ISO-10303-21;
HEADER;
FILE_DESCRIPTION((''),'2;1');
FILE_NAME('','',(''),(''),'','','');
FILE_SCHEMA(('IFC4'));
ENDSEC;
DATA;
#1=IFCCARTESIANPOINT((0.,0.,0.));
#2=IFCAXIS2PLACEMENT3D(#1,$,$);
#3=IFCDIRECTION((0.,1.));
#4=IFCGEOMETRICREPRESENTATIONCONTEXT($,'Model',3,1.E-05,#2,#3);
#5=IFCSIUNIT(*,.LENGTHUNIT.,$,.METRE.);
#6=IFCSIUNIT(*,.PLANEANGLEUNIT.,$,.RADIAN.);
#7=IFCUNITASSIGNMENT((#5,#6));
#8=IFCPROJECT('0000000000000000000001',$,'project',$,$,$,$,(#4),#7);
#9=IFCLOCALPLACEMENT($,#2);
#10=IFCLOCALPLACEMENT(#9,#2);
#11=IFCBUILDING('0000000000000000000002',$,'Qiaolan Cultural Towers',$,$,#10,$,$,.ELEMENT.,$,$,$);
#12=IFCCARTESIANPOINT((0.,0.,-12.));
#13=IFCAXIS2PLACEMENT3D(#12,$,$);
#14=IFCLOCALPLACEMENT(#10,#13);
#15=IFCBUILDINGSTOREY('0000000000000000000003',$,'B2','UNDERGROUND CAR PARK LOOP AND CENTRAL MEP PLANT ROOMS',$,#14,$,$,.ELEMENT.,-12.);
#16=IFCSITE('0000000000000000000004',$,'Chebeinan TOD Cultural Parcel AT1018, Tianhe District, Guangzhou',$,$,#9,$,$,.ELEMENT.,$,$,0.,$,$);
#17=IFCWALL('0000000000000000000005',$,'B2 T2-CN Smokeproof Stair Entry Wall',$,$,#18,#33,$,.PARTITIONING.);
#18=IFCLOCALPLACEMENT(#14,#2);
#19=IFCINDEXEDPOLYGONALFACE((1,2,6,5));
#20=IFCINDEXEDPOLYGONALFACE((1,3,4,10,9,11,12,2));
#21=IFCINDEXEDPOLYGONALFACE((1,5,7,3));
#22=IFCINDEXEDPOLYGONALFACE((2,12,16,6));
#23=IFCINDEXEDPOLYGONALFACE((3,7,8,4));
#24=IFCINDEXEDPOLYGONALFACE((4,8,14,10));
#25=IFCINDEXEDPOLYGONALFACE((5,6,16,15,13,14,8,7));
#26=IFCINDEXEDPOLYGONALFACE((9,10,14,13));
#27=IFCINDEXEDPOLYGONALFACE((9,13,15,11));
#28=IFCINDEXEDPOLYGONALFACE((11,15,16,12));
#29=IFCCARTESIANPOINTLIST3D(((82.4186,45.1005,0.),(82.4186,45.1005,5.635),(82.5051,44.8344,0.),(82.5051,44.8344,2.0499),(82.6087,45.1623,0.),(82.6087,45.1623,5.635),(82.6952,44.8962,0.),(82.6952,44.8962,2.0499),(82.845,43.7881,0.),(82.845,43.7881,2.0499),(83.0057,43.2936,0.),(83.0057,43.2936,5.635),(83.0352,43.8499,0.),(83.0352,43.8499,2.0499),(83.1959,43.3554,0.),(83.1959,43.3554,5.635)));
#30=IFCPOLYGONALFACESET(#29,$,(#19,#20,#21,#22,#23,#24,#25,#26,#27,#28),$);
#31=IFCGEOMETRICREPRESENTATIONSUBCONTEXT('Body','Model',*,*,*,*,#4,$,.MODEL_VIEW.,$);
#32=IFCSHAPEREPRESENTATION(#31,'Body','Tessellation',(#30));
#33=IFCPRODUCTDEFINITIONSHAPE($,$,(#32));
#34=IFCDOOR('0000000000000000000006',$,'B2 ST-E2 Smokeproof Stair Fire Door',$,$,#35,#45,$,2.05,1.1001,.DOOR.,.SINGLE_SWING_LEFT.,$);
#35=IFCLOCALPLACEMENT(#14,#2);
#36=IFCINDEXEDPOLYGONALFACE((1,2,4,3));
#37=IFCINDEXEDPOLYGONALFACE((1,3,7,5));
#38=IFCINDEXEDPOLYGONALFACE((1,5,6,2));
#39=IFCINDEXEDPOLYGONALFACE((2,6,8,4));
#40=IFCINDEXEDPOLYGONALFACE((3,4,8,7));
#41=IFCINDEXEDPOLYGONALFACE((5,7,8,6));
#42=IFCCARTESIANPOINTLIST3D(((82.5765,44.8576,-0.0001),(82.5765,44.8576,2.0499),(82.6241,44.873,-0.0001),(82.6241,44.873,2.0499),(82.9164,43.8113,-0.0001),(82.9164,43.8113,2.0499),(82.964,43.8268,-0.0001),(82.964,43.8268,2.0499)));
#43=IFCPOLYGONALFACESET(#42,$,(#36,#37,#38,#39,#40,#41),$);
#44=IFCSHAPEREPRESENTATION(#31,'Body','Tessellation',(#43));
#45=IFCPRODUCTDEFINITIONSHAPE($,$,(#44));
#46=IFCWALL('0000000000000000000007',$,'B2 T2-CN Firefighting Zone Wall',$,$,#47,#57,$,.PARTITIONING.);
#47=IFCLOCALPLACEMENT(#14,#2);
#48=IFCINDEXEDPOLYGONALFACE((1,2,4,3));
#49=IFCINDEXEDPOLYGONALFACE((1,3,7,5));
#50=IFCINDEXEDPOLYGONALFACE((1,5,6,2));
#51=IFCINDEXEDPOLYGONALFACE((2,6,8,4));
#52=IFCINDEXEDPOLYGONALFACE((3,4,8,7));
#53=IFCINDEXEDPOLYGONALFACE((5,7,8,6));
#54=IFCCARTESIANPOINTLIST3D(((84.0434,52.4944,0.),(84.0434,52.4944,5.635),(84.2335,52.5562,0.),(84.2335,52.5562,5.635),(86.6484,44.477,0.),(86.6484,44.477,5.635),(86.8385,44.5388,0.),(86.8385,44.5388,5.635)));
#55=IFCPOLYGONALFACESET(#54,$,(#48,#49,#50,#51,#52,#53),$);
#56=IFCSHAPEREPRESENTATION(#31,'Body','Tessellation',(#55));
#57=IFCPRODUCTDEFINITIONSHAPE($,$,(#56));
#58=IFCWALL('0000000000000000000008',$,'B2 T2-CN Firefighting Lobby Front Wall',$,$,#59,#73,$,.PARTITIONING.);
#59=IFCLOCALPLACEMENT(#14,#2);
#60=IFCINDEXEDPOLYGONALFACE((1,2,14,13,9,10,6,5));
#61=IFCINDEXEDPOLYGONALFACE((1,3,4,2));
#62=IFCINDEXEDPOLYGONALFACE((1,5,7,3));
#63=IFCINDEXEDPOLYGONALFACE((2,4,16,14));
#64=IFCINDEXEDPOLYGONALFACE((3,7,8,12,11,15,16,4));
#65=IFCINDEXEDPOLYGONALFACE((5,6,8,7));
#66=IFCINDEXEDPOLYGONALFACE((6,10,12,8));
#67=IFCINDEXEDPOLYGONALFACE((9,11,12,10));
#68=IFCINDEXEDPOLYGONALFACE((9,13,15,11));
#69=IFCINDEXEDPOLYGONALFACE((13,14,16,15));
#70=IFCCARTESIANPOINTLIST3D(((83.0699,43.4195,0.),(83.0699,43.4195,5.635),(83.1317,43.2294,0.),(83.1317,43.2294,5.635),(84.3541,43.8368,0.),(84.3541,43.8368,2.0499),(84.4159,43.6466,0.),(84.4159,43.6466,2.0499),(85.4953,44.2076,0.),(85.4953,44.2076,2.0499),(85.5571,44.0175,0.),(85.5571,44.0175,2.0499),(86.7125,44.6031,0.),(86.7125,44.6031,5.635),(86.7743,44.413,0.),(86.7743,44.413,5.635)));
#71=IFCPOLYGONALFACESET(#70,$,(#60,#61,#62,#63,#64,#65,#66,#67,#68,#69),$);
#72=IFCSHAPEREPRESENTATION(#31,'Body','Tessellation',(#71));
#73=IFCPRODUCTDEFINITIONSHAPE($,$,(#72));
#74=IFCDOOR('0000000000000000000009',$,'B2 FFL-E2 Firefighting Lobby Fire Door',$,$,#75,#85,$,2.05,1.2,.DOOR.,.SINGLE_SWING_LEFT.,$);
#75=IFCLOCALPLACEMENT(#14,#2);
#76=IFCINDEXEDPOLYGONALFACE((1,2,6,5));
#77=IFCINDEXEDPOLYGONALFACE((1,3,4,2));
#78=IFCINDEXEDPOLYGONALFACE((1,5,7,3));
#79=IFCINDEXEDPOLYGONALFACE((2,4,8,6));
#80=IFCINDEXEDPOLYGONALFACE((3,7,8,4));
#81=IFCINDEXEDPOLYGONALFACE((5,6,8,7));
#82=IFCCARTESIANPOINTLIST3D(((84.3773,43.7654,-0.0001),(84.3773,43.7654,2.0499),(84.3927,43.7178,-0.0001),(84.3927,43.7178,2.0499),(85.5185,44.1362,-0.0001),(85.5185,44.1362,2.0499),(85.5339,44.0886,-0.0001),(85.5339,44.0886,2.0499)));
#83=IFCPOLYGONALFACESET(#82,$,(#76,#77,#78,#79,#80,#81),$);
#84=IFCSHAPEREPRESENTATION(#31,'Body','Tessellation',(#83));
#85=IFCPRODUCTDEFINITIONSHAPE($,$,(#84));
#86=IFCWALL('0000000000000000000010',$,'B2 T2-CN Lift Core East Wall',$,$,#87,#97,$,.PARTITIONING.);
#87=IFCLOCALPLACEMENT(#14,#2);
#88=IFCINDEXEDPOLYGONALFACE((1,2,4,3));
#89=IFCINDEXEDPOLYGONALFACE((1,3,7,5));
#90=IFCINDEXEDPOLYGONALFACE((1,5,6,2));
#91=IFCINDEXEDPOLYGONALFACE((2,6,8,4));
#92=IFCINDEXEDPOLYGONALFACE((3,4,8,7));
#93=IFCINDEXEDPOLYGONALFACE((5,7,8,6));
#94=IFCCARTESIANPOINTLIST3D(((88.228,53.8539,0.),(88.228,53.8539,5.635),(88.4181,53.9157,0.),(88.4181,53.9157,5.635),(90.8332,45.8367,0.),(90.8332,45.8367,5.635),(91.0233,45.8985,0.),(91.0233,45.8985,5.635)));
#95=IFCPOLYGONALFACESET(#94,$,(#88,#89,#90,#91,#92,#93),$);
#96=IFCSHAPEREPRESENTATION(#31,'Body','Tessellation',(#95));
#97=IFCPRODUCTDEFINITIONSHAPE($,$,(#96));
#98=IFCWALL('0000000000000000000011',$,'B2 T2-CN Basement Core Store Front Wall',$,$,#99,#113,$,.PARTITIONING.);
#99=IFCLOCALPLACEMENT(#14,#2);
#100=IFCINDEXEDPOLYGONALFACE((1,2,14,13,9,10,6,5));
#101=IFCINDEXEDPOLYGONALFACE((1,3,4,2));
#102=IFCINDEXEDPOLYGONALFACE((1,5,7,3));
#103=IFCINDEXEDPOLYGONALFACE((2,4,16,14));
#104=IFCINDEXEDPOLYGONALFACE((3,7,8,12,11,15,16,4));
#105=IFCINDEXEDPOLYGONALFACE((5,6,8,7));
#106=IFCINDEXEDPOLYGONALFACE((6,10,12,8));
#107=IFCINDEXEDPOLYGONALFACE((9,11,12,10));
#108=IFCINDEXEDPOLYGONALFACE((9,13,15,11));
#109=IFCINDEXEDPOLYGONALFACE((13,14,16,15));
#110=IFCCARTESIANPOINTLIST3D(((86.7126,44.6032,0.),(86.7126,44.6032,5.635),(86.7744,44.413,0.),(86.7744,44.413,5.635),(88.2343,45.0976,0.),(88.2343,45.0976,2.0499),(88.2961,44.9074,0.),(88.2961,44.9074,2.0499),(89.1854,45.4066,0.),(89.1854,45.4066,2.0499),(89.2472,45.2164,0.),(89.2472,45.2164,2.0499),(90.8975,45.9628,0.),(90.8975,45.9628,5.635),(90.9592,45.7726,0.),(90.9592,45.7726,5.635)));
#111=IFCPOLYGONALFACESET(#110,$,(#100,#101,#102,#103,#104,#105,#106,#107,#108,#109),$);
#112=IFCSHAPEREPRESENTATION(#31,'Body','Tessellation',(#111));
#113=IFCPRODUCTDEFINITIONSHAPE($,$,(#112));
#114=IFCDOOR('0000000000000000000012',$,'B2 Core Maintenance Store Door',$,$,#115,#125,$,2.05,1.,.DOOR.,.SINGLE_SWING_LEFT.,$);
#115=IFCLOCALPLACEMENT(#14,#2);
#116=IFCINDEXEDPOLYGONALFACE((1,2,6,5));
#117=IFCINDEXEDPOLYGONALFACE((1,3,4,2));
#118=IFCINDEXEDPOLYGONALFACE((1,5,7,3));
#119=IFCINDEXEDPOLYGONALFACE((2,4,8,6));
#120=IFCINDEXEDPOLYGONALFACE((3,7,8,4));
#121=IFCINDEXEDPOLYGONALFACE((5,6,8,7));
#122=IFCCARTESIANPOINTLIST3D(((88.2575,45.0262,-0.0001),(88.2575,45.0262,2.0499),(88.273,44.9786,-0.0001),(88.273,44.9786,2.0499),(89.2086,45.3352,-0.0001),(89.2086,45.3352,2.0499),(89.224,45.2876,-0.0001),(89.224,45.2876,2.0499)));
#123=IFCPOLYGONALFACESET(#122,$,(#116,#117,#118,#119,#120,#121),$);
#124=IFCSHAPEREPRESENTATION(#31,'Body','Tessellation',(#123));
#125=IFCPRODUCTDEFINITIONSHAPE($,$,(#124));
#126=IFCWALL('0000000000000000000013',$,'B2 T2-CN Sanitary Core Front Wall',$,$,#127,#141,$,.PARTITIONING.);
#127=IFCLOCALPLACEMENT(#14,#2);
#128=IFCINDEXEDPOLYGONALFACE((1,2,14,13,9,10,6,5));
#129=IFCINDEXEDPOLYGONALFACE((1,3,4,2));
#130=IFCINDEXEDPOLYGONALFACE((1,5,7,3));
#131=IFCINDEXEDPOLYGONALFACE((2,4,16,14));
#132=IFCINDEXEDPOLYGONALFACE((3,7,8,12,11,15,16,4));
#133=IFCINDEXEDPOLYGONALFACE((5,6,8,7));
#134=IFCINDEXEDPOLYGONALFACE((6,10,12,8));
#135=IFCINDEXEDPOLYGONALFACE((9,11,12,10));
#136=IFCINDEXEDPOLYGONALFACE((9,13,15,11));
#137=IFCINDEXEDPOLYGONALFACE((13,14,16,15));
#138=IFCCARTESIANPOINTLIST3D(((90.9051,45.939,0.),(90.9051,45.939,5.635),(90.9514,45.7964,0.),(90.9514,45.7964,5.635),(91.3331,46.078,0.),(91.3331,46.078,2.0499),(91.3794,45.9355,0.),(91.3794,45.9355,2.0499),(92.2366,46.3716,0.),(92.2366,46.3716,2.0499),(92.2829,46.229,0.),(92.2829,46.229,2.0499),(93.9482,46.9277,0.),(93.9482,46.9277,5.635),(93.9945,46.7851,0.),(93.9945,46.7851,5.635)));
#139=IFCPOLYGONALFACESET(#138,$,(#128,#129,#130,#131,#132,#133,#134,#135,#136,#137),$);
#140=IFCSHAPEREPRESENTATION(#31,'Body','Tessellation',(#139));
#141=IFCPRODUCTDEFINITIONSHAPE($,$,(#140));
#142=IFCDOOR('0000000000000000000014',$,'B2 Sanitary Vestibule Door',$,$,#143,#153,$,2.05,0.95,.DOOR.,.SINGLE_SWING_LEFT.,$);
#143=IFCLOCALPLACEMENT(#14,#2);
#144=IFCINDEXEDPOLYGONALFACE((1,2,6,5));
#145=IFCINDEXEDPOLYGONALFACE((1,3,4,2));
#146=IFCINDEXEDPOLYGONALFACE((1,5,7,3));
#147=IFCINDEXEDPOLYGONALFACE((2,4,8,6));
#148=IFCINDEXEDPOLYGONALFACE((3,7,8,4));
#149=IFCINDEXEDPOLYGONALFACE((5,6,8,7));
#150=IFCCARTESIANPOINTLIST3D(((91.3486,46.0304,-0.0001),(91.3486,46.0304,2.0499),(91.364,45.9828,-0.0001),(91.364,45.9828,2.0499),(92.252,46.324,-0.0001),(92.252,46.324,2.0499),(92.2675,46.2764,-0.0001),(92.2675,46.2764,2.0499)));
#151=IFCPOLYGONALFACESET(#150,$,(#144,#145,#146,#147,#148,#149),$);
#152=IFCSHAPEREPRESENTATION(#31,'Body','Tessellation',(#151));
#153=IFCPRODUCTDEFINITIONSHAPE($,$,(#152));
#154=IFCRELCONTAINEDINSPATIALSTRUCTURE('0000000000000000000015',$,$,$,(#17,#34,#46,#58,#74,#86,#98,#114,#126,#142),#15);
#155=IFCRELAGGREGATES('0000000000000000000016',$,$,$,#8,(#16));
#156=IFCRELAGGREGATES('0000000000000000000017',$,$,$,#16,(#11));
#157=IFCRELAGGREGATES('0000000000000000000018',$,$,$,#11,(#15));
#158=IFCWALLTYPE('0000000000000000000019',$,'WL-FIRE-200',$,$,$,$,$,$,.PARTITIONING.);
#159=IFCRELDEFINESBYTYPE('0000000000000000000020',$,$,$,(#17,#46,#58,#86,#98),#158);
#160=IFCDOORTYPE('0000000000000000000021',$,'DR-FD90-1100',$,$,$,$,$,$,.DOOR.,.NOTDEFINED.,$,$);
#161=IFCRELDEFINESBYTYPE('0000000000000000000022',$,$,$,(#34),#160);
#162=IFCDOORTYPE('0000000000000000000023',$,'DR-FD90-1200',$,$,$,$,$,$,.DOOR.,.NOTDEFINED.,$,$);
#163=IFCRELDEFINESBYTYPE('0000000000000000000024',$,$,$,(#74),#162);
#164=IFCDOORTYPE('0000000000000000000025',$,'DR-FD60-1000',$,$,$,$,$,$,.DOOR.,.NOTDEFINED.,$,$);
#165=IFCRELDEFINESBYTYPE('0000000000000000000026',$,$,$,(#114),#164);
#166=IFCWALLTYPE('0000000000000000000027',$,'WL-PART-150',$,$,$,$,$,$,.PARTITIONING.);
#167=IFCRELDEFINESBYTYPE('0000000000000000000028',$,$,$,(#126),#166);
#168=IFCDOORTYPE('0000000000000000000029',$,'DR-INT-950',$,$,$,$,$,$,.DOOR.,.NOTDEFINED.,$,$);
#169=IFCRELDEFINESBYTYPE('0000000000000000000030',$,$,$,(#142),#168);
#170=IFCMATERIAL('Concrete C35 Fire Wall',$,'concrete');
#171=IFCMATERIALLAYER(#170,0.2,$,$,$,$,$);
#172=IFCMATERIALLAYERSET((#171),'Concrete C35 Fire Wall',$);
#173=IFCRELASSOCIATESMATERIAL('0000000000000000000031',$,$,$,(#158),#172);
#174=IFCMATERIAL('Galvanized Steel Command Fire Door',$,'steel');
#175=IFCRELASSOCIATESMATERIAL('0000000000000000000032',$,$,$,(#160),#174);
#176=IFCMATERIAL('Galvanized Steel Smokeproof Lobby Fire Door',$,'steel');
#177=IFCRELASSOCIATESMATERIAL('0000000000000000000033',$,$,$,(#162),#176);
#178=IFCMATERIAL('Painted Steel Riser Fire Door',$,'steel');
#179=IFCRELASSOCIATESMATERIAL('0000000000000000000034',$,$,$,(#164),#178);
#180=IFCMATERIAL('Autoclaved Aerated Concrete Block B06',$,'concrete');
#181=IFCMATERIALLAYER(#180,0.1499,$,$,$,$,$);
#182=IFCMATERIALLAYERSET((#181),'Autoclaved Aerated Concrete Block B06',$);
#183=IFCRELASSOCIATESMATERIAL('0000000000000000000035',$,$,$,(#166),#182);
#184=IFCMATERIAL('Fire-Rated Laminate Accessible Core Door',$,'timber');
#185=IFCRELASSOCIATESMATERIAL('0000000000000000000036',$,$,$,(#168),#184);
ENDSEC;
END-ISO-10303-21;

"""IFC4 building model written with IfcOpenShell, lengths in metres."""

from ifc_helpers import new_model, si_unit, direction, frame, frame_2d, origin, place, context, subcontext, project, spatial, rectangle, extrude, material, layer, layer_set, type_object, element, fill, save


model = new_model("IFC4")

# Units and contexts
model_context = context("Model", 3, precision=1e-05, world=origin(), true_north=direction((0.0, 1.0)))
body_context = subcontext(model_context, "Body", "Model", "MODEL_VIEW")
ifc_project = project(units=[si_unit("LENGTHUNIT", "METRE"), si_unit("PLANEANGLEUNIT", "RADIAN")], contexts=[model_context])

# Site, building, storey
site_placement = place(None, origin())
site = spatial("IfcSite", under=ifc_project, at=site_placement, Name="Chebeinan TOD Cultural Parcel AT1018, Tianhe District, Guangzhou", CompositionType="ELEMENT", RefElevation=0.0)
building_placement = place(site_placement, origin())
building = spatial("IfcBuilding", under=site, at=building_placement, Name="Qiaolan Cultural Towers", CompositionType="ELEMENT")
storey_placement = place(building_placement, frame((0.0, 0.0, -12.0)))
storey = spatial("IfcBuildingStorey", under=building, at=storey_placement, Name="B2", Description="UNDERGROUND CAR PARK LOOP AND CENTRAL MEP PLANT ROOMS", CompositionType="ELEMENT", Elevation=-12.0)

# Wall, opening, door
ifc_material_1 = material(Name="Concrete C35 Fire Wall", Category="concrete")
ifc_layer_1 = layer(ifc_material_1, 0.2)
ifc_layer_set_1 = layer_set([ifc_layer_1], Name="Concrete C35 Fire Wall")
wall_type_1 = type_object("IfcWallType", Name="WL-FIRE-200", PredefinedType="PARTITIONING", material=ifc_layer_set_1)
wall_1_placement = place(storey_placement, frame((83.1008, 43.3245, 0.0), z_axis=(0.0, 0.0, 1.0), x_axis=(-0.309048, 0.951046, 0.0)))
wall_1 = element("IfcWall", 1, at=wall_1_placement, inside=storey, type_object=wall_type_1, Name="B2 T2-CN Smokeproof Stair Entry Wall", PredefinedType="PARTITIONING", context=body_context, shape_type="SweptSolid", body=[
    extrude(rectangle(XDim=1.8999, YDim=0.2, at=frame_2d((0.95, 0.0))), origin(), (0.0, 0.0, 1.0), 5.635),
])
opening_1_placement = place(wall_1_placement, frame((0.52, 0.0, 0.0)))
opening_1 = element("IfcOpeningElement", 2, at=opening_1_placement, cuts=wall_1, PredefinedType="OPENING", context=body_context, shape_type="SweptSolid", body=[
    extrude(rectangle(XDim=1.1001, YDim=2.05, at=frame_2d((0.55, 1.0249))), frame((0.0, 0.1099, 0.0), z_axis=(0.0, -1.0, 0.0), x_axis=(1.0, 0.0, 0.0)), (0.0, 0.0, 1.0), 0.22),
])
ifc_material_2 = material(Name="Galvanized Steel Command Fire Door", Category="steel")
door_type_1 = type_object("IfcDoorType", Name="DR-FD90-1100", OperationType="NOTDEFINED", PredefinedType="DOOR", material=ifc_material_2)
door_1_placement = place(opening_1_placement, origin())
door_1 = element("IfcDoor", 3, at=door_1_placement, inside=storey, type_object=door_type_1, Name="B2 ST-E2 Smokeproof Stair Fire Door", OperationType="SINGLE_SWING_LEFT", OverallHeight=2.05, OverallWidth=1.1001, PredefinedType="DOOR", context=body_context, shape_type="SweptSolid", body=[
    extrude(rectangle(XDim=1.1001, YDim=2.05, at=frame_2d((0.55, 1.0249))), frame((0.0, 0.0249, 0.0), z_axis=(0.0, -1.0, 0.0), x_axis=(1.0, 0.0, 0.0)), (0.0, 0.0, 1.0), 0.05),
])
fill(opening_1, door_1)

# Wall
wall_2_placement = place(storey_placement, frame((86.7434, 44.5081, 0.0), z_axis=(0.0, 0.0, 1.0), x_axis=(-0.309016, 0.951057, 0.0)))
element("IfcWall", 4, at=wall_2_placement, inside=storey, type_object=wall_type_1, Name="B2 T2-CN Firefighting Zone Wall", PredefinedType="PARTITIONING", context=body_context, shape_type="SweptSolid", body=[
    extrude(rectangle(XDim=8.4299, YDim=0.2, at=frame_2d((4.2148, 0.0))), origin(), (0.0, 0.0, 1.0), 5.635),
])

# Wall, opening, door
wall_3_placement = place(storey_placement, frame((83.1008, 43.3245, 0.0), z_axis=(0.0, 0.0, 1.0), x_axis=(0.951053, 0.309028, 0.0)))
wall_3 = element("IfcWall", 5, at=wall_3_placement, inside=storey, type_object=wall_type_1, Name="B2 T2-CN Firefighting Lobby Front Wall", PredefinedType="PARTITIONING", context=body_context, shape_type="SweptSolid", body=[
    extrude(rectangle(XDim=3.8301, YDim=0.2, at=frame_2d((1.915, 0.0))), origin(), (0.0, 0.0, 1.0), 5.635),
])
opening_2_placement = place(wall_3_placement, frame((1.3501, 0.0, 0.0)))
opening_2 = element("IfcOpeningElement", 6, at=opening_2_placement, cuts=wall_3, PredefinedType="OPENING", context=body_context, shape_type="SweptSolid", body=[
    extrude(rectangle(XDim=1.2, YDim=2.05, at=frame_2d((0.6001, 1.0249))), frame((0.0, 0.1099, 0.0), z_axis=(0.0, -1.0, 0.0), x_axis=(1.0, 0.0, 0.0)), (0.0, 0.0, 1.0), 0.22),
])
ifc_material_3 = material(Name="Galvanized Steel Smokeproof Lobby Fire Door", Category="steel")
door_type_2 = type_object("IfcDoorType", Name="DR-FD90-1200", OperationType="NOTDEFINED", PredefinedType="DOOR", material=ifc_material_3)
door_2_placement = place(opening_2_placement, origin())
door_2 = element("IfcDoor", 7, at=door_2_placement, inside=storey, type_object=door_type_2, Name="B2 FFL-E2 Firefighting Lobby Fire Door", OperationType="SINGLE_SWING_LEFT", OverallHeight=2.05, OverallWidth=1.2, PredefinedType="DOOR", context=body_context, shape_type="SweptSolid", body=[
    extrude(rectangle(XDim=1.2, YDim=2.05, at=frame_2d((0.6001, 1.0249))), frame((0.0, 0.0249, 0.0), z_axis=(0.0, -1.0, 0.0), x_axis=(1.0, 0.0, 0.0)), (0.0, 0.0, 1.0), 0.05),
])
fill(opening_2, door_2)

# Wall
wall_4_placement = place(storey_placement, frame((90.9282, 45.8677, 0.0), z_axis=(0.0, 0.0, 1.0), x_axis=(-0.309042, 0.951048, 0.0)))
element("IfcWall", 8, at=wall_4_placement, inside=storey, type_object=wall_type_1, Name="B2 T2-CN Lift Core East Wall", PredefinedType="PARTITIONING", context=body_context, shape_type="SweptSolid", body=[
    extrude(rectangle(XDim=8.4299, YDim=0.2, at=frame_2d((4.2148, 0.0))), origin(), (0.0, 0.0, 1.0), 5.635),
])

# Walls, openings, doors
wall_5_placement = place(storey_placement, frame((86.7434, 44.5081, 0.0), z_axis=(0.0, 0.0, 1.0), x_axis=(0.951064, 0.308994, 0.0)))
wall_5 = element("IfcWall", 9, at=wall_5_placement, inside=storey, type_object=wall_type_1, Name="B2 T2-CN Basement Core Store Front Wall", PredefinedType="PARTITIONING", context=body_context, shape_type="SweptSolid", body=[
    extrude(rectangle(XDim=4.4001, YDim=0.2, at=frame_2d((2.2002, 0.0))), origin(), (0.0, 0.0, 1.0), 5.635),
])
opening_3_placement = place(wall_5_placement, frame((1.6001, 0.0, 0.0)))
opening_3 = element("IfcOpeningElement", 10, at=opening_3_placement, cuts=wall_5, PredefinedType="OPENING", context=body_context, shape_type="SweptSolid", body=[
    extrude(rectangle(XDim=1.0, YDim=2.05, at=frame_2d((0.5, 1.0249))), frame((0.0, 0.1099, 0.0), z_axis=(0.0, -1.0, 0.0), x_axis=(1.0, 0.0, 0.0)), (0.0, 0.0, 1.0), 0.22),
])
ifc_material_4 = material(Name="Painted Steel Riser Fire Door", Category="steel")
door_type_3 = type_object("IfcDoorType", Name="DR-FD60-1000", OperationType="NOTDEFINED", PredefinedType="DOOR", material=ifc_material_4)
door_3_placement = place(opening_3_placement, origin())
door_3 = element("IfcDoor", 11, at=door_3_placement, inside=storey, type_object=door_type_3, Name="B2 Core Maintenance Store Door", OperationType="SINGLE_SWING_LEFT", OverallHeight=2.05, OverallWidth=1.0, PredefinedType="DOOR", context=body_context, shape_type="SweptSolid", body=[
    extrude(rectangle(XDim=1.0, YDim=2.05, at=frame_2d((0.5, 1.0249))), frame((0.0, 0.0249, 0.0), z_axis=(0.0, -1.0, 0.0), x_axis=(1.0, 0.0, 0.0)), (0.0, 0.0, 1.0), 0.05),
])
fill(opening_3, door_3)
ifc_material_5 = material(Name="Autoclaved Aerated Concrete Block B06", Category="concrete")
ifc_layer_2 = layer(ifc_material_5, 0.1499)
ifc_layer_set_2 = layer_set([ifc_layer_2], Name="Autoclaved Aerated Concrete Block B06")
wall_type_2 = type_object("IfcWallType", Name="WL-PART-150", PredefinedType="PARTITIONING", material=ifc_layer_set_2)
wall_6_placement = place(storey_placement, frame((90.9282, 45.8677, 0.0), z_axis=(0.0, 0.0, 1.0), x_axis=(0.951059, 0.309008, 0.0)))
wall_6 = element("IfcWall", 12, at=wall_6_placement, inside=storey, type_object=wall_type_2, Name="B2 T2-CN Sanitary Core Front Wall", PredefinedType="PARTITIONING", context=body_context, shape_type="SweptSolid", body=[
    extrude(rectangle(XDim=3.1997, YDim=0.1499, at=frame_2d((1.5999, 0.0))), origin(), (0.0, 0.0, 1.0), 5.635),
])
opening_4_placement = place(wall_6_placement, frame((0.45, 0.0, 0.0)))
opening_4 = element("IfcOpeningElement", 13, at=opening_4_placement, cuts=wall_6, PredefinedType="OPENING", context=body_context, shape_type="SweptSolid", body=[
    extrude(rectangle(XDim=0.95, YDim=2.05, at=frame_2d((0.4751, 1.0249))), frame((0.0, 0.085, 0.0), z_axis=(0.0, -1.0, 0.0), x_axis=(1.0, 0.0, 0.0)), (0.0, 0.0, 1.0), 0.1699),
])
ifc_material_6 = material(Name="Fire-Rated Laminate Accessible Core Door", Category="timber")
door_type_4 = type_object("IfcDoorType", Name="DR-INT-950", OperationType="NOTDEFINED", PredefinedType="DOOR", material=ifc_material_6)
door_4_placement = place(opening_4_placement, origin())
door_4 = element("IfcDoor", 14, at=door_4_placement, inside=storey, type_object=door_type_4, Name="B2 Sanitary Vestibule Door", OperationType="SINGLE_SWING_LEFT", OverallHeight=2.05, OverallWidth=0.95, PredefinedType="DOOR", context=body_context, shape_type="SweptSolid", body=[
    extrude(rectangle(XDim=0.95, YDim=2.05, at=frame_2d((0.4751, 1.0249))), frame((0.0, 0.0249, 0.0), z_axis=(0.0, -1.0, 0.0), x_axis=(1.0, 0.0, 0.0)), (0.0, 0.0, 1.0), 0.05),
])
fill(opening_4, door_4)

save(model, "model.ifc")
